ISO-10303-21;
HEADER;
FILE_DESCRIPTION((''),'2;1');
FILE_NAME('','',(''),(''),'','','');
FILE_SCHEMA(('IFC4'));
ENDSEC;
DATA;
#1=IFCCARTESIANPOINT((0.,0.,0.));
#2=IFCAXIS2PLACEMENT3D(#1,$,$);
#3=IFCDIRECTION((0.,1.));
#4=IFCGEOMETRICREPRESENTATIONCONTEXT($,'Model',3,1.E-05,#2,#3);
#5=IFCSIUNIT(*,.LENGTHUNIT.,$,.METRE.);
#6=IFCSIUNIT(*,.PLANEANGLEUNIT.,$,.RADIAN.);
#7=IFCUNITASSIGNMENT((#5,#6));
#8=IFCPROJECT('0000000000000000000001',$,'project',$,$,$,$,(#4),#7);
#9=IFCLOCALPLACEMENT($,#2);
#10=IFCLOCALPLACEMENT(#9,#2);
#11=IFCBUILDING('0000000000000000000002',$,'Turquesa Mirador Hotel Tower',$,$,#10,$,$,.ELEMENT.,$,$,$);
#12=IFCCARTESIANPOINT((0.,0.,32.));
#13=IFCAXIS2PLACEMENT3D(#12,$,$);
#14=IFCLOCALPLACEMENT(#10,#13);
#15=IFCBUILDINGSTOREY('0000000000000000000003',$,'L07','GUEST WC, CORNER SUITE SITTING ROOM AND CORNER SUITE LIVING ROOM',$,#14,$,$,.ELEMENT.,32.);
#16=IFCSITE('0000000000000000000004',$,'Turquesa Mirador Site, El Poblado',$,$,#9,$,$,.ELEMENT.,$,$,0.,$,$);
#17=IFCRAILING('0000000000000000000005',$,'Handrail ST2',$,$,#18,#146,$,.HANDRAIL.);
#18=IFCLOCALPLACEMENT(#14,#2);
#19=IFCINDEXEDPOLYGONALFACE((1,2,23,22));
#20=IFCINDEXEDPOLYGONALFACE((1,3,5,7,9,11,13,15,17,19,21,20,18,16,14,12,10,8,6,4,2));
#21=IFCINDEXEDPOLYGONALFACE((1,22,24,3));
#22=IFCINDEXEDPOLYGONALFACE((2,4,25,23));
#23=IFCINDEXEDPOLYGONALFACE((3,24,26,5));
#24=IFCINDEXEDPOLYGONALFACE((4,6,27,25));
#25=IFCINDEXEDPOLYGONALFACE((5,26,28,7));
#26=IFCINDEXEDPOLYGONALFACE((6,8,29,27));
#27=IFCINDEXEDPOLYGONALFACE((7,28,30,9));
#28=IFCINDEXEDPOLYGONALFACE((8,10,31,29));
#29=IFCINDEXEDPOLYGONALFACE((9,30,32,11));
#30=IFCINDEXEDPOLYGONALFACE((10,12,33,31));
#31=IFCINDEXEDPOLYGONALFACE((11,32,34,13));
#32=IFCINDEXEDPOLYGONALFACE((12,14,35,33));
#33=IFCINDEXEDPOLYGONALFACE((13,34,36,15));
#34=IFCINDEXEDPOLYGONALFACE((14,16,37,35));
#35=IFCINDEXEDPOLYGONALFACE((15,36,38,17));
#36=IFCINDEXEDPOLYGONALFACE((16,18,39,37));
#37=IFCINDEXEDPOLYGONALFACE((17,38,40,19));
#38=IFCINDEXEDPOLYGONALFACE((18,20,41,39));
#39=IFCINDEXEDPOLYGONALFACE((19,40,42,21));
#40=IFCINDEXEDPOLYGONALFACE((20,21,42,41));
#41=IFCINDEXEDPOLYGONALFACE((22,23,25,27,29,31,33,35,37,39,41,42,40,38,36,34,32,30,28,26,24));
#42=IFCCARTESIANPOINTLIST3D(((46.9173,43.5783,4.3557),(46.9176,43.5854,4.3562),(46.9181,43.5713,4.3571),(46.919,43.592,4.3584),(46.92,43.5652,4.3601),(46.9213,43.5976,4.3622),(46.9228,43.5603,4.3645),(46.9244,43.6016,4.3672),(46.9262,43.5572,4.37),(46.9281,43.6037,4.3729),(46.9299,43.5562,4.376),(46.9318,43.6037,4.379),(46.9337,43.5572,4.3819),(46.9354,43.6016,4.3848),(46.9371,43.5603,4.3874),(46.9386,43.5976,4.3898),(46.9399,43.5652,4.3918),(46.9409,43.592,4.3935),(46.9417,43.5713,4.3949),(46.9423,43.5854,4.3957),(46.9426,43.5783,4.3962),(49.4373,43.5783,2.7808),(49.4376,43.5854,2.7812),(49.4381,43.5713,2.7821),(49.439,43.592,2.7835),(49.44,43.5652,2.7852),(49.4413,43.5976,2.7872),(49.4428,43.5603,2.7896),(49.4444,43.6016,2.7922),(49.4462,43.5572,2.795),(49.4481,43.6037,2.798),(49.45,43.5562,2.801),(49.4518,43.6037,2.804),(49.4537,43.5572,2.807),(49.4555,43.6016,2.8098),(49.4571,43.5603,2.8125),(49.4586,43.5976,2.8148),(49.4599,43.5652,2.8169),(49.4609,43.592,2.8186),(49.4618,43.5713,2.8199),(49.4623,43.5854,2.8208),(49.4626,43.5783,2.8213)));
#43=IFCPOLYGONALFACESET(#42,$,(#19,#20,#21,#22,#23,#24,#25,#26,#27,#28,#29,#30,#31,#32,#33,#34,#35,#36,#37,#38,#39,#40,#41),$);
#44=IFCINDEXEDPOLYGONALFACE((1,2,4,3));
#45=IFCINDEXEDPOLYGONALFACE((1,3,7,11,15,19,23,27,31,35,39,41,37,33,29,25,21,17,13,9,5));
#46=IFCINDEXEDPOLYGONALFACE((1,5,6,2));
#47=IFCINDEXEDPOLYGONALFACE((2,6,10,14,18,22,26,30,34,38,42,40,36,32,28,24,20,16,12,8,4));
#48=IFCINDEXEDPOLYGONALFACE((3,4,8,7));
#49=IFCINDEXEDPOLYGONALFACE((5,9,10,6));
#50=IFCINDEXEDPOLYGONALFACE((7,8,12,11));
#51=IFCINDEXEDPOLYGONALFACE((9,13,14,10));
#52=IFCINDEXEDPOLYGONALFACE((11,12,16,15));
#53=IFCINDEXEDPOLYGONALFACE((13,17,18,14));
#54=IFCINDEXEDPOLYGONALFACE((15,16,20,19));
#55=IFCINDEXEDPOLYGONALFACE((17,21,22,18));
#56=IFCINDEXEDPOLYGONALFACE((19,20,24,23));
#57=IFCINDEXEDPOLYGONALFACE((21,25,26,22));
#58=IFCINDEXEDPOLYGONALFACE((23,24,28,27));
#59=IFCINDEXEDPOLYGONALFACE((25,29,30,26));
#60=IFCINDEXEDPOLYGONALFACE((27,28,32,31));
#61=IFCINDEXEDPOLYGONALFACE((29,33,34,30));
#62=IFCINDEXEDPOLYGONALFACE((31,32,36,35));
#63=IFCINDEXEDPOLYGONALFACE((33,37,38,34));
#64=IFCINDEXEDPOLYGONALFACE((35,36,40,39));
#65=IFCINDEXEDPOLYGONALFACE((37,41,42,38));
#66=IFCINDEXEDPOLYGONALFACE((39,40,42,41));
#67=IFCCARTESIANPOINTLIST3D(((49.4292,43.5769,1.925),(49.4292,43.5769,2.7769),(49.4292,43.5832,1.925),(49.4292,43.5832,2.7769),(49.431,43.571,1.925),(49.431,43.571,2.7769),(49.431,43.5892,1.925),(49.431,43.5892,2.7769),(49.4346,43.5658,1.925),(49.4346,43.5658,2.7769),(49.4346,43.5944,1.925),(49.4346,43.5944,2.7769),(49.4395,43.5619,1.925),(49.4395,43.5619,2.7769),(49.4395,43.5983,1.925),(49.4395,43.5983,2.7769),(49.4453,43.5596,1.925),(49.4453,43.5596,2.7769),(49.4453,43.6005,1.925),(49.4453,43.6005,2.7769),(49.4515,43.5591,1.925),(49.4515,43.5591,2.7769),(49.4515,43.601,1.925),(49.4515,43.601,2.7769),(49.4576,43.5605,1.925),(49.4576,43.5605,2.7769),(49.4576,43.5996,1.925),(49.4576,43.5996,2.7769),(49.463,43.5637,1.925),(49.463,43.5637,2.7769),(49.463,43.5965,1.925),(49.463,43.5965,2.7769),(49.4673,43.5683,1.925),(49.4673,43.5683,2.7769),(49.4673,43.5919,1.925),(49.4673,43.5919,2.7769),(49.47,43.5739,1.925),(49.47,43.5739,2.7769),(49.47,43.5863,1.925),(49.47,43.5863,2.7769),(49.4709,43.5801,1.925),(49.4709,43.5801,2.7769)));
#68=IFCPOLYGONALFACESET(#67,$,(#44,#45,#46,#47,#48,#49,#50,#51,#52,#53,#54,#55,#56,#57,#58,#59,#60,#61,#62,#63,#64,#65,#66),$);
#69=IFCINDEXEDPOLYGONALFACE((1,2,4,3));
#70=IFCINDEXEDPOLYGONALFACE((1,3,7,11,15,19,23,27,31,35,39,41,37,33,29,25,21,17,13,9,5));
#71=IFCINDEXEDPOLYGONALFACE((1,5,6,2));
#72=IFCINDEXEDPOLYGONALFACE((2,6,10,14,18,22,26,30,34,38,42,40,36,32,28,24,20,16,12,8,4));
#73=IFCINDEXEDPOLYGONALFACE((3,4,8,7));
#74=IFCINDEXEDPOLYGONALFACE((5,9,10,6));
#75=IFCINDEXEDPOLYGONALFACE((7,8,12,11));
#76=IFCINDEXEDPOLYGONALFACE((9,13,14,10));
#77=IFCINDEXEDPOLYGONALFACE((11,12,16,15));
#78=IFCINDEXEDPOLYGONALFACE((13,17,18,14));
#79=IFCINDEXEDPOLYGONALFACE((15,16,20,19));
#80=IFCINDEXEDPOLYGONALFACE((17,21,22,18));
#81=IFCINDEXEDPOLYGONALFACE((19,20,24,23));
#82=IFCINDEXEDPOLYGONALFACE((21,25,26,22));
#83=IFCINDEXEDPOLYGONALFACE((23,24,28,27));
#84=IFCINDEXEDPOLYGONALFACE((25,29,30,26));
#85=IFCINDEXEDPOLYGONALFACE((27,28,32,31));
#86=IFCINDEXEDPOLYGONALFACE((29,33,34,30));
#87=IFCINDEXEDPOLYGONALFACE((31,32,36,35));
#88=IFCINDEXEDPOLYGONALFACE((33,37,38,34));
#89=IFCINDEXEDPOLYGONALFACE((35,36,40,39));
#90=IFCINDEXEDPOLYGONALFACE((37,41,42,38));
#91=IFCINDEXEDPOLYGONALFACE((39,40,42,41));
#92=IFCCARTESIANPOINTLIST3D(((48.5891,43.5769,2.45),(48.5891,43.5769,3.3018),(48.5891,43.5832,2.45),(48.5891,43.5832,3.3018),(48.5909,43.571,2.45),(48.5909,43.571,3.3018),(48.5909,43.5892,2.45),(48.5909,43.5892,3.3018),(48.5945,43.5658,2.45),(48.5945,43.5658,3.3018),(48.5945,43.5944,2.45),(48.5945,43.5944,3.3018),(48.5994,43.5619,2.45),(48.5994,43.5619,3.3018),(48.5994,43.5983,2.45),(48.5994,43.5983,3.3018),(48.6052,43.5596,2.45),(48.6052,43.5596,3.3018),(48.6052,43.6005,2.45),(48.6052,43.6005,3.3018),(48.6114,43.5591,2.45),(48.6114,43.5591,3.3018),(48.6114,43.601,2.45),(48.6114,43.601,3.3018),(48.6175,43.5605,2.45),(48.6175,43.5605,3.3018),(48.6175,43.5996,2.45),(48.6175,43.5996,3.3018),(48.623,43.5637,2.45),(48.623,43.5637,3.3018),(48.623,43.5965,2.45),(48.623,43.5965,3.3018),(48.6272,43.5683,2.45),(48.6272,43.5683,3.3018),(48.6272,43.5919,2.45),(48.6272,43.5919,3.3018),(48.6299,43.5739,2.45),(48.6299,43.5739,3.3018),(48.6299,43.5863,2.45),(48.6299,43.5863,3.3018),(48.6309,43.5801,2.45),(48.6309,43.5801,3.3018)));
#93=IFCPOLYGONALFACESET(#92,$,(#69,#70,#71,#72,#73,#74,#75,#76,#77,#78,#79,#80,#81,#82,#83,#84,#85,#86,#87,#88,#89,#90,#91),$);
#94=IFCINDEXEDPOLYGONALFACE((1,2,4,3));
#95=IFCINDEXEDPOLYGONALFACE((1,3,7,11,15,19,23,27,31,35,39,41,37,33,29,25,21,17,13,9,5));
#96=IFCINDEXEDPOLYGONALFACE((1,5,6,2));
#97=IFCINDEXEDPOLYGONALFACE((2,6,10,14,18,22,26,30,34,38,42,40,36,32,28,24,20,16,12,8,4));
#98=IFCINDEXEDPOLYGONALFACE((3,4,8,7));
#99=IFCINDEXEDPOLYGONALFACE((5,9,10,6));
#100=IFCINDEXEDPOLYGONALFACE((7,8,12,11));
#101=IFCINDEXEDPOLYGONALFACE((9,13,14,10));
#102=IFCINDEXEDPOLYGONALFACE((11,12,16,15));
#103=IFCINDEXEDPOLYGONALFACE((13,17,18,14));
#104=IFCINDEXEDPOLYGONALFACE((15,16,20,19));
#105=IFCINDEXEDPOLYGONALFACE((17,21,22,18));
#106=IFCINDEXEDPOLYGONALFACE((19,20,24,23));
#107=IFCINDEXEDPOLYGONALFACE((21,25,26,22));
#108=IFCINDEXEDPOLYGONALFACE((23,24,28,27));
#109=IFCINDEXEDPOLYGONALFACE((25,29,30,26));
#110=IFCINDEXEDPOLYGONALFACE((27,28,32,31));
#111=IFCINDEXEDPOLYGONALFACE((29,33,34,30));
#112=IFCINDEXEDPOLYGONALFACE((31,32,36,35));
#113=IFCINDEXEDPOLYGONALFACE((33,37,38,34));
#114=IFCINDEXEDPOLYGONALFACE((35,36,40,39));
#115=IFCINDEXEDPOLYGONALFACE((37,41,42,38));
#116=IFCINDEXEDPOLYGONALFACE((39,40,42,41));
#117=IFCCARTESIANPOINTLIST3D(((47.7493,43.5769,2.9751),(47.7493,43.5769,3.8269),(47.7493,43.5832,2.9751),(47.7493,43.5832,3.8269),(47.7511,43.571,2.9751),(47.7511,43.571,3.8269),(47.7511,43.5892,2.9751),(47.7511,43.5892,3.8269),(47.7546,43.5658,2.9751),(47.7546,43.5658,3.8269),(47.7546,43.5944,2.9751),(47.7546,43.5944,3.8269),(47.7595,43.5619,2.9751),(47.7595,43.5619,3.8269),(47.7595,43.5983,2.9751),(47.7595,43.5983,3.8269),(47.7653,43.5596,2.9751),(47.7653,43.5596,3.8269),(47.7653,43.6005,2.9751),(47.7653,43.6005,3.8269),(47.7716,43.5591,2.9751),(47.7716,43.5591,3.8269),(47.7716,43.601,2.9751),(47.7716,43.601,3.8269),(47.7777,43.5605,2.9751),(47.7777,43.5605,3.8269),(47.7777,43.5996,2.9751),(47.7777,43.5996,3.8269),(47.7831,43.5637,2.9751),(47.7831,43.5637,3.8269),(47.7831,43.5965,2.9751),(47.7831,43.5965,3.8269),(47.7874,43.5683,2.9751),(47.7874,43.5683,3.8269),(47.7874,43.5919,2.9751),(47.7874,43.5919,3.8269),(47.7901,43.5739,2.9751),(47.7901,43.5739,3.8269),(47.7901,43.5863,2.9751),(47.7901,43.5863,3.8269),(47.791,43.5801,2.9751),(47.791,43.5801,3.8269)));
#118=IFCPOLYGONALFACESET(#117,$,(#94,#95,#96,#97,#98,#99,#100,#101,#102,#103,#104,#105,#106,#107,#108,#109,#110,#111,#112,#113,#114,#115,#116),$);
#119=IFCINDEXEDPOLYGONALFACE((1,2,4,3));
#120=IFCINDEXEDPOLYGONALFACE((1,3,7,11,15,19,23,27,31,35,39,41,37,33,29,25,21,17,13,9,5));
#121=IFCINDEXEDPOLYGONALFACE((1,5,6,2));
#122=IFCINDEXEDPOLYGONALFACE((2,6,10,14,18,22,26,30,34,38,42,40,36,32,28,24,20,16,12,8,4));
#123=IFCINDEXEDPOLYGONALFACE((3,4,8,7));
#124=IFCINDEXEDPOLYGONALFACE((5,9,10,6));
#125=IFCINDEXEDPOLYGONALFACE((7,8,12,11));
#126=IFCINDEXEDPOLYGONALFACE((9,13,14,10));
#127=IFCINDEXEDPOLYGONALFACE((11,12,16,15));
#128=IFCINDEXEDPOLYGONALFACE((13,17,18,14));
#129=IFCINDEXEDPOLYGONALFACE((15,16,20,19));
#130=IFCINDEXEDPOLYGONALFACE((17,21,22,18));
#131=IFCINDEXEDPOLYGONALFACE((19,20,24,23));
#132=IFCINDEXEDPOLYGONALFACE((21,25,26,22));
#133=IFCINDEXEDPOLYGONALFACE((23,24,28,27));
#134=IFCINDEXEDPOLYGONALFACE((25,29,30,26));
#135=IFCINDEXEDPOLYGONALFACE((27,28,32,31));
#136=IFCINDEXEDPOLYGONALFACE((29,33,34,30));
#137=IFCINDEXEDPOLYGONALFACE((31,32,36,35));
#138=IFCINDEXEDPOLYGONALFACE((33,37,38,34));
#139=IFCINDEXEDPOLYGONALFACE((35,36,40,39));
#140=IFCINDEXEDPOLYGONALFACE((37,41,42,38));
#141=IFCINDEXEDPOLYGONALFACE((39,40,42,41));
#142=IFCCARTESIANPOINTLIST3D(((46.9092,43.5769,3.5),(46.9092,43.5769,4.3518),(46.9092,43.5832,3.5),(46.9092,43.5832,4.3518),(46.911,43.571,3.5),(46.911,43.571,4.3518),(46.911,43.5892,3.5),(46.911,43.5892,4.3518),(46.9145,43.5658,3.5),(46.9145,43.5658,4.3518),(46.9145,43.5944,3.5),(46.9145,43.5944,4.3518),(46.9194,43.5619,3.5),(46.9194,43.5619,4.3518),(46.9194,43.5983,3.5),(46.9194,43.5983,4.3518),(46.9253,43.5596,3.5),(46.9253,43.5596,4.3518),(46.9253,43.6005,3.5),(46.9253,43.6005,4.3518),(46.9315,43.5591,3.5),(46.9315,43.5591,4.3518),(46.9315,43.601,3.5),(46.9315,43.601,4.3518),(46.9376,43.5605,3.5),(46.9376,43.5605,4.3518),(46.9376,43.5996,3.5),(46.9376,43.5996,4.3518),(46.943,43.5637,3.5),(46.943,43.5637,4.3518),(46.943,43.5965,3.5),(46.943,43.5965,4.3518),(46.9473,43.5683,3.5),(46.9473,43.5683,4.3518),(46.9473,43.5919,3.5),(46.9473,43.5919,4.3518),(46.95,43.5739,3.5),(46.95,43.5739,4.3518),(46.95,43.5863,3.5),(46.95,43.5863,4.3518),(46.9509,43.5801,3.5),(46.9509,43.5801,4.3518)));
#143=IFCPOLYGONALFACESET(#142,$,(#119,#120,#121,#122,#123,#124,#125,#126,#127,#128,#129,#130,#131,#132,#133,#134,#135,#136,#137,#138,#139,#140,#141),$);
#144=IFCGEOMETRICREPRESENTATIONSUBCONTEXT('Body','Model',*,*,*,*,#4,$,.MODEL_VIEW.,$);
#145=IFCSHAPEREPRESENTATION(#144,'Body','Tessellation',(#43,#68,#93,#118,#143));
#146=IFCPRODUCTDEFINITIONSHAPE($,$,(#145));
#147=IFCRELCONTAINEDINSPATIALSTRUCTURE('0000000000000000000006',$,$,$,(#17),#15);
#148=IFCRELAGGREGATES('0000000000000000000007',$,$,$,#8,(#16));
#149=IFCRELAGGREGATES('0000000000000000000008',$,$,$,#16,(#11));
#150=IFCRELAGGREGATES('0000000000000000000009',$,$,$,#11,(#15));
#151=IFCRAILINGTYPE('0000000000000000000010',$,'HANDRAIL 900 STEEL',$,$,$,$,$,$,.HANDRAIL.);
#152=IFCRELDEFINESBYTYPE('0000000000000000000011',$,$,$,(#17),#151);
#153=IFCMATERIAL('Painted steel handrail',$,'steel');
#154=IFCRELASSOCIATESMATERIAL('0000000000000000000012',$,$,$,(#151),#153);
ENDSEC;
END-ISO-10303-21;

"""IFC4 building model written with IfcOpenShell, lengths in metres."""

from ifc_helpers import new_model, si_unit, direction, frame, origin, origin_2d, place, context, subcontext, project, spatial, circle, extrude, material, type_object, element, save


model = new_model("IFC4")

# Units and contexts
model_context = context("Model", 3, precision=1e-05, world=origin(), true_north=direction((0.0, 1.0)))
body_context = subcontext(model_context, "Body", "Model", "MODEL_VIEW")
ifc_project = project(units=[si_unit("LENGTHUNIT", "METRE"), si_unit("PLANEANGLEUNIT", "RADIAN")], contexts=[model_context])

# Site, building, storey
site_placement = place(None, origin())
site = spatial("IfcSite", under=ifc_project, at=site_placement, Name="Turquesa Mirador Site, El Poblado", CompositionType="ELEMENT", RefElevation=0.0)
building_placement = place(site_placement, origin())
building = spatial("IfcBuilding", under=site, at=building_placement, Name="Turquesa Mirador Hotel Tower", CompositionType="ELEMENT")
storey_placement = place(building_placement, frame((0.0, 0.0, 32.0)))
storey = spatial("IfcBuildingStorey", under=building, at=storey_placement, Name="L07", Description="GUEST WC, CORNER SUITE SITTING ROOM AND CORNER SUITE LIVING ROOM", CompositionType="ELEMENT", Elevation=32.0)

# Railing
ifc_material_1 = material(Name="Painted steel handrail", Category="steel")
railing_type = type_object("IfcRailingType", Name="HANDRAIL 900 STEEL", PredefinedType="HANDRAIL", material=ifc_material_1)
railing_1_placement = place(storey_placement, frame((49.45, 43.5801, 1.925)))
element("IfcRailing", 1, at=railing_1_placement, inside=storey, type_object=railing_type, Name="Handrail ST2", PredefinedType="HANDRAIL", context=body_context, shape_type="SweptSolid", body=[
    extrude(circle(Radius=0.0239, at=origin_2d()), frame((0.0, 0.0, 0.876), z_axis=(-0.848008, 0.0, 0.529984), x_axis=(0.0, -1.0, 0.0)), (0.0, 0.0, 1.0), 2.9717),
    extrude(circle(Radius=0.021, at=origin_2d()), origin(), (0.0, 0.0, 1.0), 0.8518),
    extrude(circle(Radius=0.021, at=origin_2d()), frame((-0.8401, 0.0, 0.5249)), (0.0, 0.0, 1.0), 0.8518),
    extrude(circle(Radius=0.021, at=origin_2d()), frame((-1.6799, 0.0, 1.05)), (0.0, 0.0, 1.0), 0.8518),
    extrude(circle(Radius=0.021, at=origin_2d()), frame((-2.52, 0.0, 1.575)), (0.0, 0.0, 1.0), 0.8518),
])

save(model, "model.ifc")
